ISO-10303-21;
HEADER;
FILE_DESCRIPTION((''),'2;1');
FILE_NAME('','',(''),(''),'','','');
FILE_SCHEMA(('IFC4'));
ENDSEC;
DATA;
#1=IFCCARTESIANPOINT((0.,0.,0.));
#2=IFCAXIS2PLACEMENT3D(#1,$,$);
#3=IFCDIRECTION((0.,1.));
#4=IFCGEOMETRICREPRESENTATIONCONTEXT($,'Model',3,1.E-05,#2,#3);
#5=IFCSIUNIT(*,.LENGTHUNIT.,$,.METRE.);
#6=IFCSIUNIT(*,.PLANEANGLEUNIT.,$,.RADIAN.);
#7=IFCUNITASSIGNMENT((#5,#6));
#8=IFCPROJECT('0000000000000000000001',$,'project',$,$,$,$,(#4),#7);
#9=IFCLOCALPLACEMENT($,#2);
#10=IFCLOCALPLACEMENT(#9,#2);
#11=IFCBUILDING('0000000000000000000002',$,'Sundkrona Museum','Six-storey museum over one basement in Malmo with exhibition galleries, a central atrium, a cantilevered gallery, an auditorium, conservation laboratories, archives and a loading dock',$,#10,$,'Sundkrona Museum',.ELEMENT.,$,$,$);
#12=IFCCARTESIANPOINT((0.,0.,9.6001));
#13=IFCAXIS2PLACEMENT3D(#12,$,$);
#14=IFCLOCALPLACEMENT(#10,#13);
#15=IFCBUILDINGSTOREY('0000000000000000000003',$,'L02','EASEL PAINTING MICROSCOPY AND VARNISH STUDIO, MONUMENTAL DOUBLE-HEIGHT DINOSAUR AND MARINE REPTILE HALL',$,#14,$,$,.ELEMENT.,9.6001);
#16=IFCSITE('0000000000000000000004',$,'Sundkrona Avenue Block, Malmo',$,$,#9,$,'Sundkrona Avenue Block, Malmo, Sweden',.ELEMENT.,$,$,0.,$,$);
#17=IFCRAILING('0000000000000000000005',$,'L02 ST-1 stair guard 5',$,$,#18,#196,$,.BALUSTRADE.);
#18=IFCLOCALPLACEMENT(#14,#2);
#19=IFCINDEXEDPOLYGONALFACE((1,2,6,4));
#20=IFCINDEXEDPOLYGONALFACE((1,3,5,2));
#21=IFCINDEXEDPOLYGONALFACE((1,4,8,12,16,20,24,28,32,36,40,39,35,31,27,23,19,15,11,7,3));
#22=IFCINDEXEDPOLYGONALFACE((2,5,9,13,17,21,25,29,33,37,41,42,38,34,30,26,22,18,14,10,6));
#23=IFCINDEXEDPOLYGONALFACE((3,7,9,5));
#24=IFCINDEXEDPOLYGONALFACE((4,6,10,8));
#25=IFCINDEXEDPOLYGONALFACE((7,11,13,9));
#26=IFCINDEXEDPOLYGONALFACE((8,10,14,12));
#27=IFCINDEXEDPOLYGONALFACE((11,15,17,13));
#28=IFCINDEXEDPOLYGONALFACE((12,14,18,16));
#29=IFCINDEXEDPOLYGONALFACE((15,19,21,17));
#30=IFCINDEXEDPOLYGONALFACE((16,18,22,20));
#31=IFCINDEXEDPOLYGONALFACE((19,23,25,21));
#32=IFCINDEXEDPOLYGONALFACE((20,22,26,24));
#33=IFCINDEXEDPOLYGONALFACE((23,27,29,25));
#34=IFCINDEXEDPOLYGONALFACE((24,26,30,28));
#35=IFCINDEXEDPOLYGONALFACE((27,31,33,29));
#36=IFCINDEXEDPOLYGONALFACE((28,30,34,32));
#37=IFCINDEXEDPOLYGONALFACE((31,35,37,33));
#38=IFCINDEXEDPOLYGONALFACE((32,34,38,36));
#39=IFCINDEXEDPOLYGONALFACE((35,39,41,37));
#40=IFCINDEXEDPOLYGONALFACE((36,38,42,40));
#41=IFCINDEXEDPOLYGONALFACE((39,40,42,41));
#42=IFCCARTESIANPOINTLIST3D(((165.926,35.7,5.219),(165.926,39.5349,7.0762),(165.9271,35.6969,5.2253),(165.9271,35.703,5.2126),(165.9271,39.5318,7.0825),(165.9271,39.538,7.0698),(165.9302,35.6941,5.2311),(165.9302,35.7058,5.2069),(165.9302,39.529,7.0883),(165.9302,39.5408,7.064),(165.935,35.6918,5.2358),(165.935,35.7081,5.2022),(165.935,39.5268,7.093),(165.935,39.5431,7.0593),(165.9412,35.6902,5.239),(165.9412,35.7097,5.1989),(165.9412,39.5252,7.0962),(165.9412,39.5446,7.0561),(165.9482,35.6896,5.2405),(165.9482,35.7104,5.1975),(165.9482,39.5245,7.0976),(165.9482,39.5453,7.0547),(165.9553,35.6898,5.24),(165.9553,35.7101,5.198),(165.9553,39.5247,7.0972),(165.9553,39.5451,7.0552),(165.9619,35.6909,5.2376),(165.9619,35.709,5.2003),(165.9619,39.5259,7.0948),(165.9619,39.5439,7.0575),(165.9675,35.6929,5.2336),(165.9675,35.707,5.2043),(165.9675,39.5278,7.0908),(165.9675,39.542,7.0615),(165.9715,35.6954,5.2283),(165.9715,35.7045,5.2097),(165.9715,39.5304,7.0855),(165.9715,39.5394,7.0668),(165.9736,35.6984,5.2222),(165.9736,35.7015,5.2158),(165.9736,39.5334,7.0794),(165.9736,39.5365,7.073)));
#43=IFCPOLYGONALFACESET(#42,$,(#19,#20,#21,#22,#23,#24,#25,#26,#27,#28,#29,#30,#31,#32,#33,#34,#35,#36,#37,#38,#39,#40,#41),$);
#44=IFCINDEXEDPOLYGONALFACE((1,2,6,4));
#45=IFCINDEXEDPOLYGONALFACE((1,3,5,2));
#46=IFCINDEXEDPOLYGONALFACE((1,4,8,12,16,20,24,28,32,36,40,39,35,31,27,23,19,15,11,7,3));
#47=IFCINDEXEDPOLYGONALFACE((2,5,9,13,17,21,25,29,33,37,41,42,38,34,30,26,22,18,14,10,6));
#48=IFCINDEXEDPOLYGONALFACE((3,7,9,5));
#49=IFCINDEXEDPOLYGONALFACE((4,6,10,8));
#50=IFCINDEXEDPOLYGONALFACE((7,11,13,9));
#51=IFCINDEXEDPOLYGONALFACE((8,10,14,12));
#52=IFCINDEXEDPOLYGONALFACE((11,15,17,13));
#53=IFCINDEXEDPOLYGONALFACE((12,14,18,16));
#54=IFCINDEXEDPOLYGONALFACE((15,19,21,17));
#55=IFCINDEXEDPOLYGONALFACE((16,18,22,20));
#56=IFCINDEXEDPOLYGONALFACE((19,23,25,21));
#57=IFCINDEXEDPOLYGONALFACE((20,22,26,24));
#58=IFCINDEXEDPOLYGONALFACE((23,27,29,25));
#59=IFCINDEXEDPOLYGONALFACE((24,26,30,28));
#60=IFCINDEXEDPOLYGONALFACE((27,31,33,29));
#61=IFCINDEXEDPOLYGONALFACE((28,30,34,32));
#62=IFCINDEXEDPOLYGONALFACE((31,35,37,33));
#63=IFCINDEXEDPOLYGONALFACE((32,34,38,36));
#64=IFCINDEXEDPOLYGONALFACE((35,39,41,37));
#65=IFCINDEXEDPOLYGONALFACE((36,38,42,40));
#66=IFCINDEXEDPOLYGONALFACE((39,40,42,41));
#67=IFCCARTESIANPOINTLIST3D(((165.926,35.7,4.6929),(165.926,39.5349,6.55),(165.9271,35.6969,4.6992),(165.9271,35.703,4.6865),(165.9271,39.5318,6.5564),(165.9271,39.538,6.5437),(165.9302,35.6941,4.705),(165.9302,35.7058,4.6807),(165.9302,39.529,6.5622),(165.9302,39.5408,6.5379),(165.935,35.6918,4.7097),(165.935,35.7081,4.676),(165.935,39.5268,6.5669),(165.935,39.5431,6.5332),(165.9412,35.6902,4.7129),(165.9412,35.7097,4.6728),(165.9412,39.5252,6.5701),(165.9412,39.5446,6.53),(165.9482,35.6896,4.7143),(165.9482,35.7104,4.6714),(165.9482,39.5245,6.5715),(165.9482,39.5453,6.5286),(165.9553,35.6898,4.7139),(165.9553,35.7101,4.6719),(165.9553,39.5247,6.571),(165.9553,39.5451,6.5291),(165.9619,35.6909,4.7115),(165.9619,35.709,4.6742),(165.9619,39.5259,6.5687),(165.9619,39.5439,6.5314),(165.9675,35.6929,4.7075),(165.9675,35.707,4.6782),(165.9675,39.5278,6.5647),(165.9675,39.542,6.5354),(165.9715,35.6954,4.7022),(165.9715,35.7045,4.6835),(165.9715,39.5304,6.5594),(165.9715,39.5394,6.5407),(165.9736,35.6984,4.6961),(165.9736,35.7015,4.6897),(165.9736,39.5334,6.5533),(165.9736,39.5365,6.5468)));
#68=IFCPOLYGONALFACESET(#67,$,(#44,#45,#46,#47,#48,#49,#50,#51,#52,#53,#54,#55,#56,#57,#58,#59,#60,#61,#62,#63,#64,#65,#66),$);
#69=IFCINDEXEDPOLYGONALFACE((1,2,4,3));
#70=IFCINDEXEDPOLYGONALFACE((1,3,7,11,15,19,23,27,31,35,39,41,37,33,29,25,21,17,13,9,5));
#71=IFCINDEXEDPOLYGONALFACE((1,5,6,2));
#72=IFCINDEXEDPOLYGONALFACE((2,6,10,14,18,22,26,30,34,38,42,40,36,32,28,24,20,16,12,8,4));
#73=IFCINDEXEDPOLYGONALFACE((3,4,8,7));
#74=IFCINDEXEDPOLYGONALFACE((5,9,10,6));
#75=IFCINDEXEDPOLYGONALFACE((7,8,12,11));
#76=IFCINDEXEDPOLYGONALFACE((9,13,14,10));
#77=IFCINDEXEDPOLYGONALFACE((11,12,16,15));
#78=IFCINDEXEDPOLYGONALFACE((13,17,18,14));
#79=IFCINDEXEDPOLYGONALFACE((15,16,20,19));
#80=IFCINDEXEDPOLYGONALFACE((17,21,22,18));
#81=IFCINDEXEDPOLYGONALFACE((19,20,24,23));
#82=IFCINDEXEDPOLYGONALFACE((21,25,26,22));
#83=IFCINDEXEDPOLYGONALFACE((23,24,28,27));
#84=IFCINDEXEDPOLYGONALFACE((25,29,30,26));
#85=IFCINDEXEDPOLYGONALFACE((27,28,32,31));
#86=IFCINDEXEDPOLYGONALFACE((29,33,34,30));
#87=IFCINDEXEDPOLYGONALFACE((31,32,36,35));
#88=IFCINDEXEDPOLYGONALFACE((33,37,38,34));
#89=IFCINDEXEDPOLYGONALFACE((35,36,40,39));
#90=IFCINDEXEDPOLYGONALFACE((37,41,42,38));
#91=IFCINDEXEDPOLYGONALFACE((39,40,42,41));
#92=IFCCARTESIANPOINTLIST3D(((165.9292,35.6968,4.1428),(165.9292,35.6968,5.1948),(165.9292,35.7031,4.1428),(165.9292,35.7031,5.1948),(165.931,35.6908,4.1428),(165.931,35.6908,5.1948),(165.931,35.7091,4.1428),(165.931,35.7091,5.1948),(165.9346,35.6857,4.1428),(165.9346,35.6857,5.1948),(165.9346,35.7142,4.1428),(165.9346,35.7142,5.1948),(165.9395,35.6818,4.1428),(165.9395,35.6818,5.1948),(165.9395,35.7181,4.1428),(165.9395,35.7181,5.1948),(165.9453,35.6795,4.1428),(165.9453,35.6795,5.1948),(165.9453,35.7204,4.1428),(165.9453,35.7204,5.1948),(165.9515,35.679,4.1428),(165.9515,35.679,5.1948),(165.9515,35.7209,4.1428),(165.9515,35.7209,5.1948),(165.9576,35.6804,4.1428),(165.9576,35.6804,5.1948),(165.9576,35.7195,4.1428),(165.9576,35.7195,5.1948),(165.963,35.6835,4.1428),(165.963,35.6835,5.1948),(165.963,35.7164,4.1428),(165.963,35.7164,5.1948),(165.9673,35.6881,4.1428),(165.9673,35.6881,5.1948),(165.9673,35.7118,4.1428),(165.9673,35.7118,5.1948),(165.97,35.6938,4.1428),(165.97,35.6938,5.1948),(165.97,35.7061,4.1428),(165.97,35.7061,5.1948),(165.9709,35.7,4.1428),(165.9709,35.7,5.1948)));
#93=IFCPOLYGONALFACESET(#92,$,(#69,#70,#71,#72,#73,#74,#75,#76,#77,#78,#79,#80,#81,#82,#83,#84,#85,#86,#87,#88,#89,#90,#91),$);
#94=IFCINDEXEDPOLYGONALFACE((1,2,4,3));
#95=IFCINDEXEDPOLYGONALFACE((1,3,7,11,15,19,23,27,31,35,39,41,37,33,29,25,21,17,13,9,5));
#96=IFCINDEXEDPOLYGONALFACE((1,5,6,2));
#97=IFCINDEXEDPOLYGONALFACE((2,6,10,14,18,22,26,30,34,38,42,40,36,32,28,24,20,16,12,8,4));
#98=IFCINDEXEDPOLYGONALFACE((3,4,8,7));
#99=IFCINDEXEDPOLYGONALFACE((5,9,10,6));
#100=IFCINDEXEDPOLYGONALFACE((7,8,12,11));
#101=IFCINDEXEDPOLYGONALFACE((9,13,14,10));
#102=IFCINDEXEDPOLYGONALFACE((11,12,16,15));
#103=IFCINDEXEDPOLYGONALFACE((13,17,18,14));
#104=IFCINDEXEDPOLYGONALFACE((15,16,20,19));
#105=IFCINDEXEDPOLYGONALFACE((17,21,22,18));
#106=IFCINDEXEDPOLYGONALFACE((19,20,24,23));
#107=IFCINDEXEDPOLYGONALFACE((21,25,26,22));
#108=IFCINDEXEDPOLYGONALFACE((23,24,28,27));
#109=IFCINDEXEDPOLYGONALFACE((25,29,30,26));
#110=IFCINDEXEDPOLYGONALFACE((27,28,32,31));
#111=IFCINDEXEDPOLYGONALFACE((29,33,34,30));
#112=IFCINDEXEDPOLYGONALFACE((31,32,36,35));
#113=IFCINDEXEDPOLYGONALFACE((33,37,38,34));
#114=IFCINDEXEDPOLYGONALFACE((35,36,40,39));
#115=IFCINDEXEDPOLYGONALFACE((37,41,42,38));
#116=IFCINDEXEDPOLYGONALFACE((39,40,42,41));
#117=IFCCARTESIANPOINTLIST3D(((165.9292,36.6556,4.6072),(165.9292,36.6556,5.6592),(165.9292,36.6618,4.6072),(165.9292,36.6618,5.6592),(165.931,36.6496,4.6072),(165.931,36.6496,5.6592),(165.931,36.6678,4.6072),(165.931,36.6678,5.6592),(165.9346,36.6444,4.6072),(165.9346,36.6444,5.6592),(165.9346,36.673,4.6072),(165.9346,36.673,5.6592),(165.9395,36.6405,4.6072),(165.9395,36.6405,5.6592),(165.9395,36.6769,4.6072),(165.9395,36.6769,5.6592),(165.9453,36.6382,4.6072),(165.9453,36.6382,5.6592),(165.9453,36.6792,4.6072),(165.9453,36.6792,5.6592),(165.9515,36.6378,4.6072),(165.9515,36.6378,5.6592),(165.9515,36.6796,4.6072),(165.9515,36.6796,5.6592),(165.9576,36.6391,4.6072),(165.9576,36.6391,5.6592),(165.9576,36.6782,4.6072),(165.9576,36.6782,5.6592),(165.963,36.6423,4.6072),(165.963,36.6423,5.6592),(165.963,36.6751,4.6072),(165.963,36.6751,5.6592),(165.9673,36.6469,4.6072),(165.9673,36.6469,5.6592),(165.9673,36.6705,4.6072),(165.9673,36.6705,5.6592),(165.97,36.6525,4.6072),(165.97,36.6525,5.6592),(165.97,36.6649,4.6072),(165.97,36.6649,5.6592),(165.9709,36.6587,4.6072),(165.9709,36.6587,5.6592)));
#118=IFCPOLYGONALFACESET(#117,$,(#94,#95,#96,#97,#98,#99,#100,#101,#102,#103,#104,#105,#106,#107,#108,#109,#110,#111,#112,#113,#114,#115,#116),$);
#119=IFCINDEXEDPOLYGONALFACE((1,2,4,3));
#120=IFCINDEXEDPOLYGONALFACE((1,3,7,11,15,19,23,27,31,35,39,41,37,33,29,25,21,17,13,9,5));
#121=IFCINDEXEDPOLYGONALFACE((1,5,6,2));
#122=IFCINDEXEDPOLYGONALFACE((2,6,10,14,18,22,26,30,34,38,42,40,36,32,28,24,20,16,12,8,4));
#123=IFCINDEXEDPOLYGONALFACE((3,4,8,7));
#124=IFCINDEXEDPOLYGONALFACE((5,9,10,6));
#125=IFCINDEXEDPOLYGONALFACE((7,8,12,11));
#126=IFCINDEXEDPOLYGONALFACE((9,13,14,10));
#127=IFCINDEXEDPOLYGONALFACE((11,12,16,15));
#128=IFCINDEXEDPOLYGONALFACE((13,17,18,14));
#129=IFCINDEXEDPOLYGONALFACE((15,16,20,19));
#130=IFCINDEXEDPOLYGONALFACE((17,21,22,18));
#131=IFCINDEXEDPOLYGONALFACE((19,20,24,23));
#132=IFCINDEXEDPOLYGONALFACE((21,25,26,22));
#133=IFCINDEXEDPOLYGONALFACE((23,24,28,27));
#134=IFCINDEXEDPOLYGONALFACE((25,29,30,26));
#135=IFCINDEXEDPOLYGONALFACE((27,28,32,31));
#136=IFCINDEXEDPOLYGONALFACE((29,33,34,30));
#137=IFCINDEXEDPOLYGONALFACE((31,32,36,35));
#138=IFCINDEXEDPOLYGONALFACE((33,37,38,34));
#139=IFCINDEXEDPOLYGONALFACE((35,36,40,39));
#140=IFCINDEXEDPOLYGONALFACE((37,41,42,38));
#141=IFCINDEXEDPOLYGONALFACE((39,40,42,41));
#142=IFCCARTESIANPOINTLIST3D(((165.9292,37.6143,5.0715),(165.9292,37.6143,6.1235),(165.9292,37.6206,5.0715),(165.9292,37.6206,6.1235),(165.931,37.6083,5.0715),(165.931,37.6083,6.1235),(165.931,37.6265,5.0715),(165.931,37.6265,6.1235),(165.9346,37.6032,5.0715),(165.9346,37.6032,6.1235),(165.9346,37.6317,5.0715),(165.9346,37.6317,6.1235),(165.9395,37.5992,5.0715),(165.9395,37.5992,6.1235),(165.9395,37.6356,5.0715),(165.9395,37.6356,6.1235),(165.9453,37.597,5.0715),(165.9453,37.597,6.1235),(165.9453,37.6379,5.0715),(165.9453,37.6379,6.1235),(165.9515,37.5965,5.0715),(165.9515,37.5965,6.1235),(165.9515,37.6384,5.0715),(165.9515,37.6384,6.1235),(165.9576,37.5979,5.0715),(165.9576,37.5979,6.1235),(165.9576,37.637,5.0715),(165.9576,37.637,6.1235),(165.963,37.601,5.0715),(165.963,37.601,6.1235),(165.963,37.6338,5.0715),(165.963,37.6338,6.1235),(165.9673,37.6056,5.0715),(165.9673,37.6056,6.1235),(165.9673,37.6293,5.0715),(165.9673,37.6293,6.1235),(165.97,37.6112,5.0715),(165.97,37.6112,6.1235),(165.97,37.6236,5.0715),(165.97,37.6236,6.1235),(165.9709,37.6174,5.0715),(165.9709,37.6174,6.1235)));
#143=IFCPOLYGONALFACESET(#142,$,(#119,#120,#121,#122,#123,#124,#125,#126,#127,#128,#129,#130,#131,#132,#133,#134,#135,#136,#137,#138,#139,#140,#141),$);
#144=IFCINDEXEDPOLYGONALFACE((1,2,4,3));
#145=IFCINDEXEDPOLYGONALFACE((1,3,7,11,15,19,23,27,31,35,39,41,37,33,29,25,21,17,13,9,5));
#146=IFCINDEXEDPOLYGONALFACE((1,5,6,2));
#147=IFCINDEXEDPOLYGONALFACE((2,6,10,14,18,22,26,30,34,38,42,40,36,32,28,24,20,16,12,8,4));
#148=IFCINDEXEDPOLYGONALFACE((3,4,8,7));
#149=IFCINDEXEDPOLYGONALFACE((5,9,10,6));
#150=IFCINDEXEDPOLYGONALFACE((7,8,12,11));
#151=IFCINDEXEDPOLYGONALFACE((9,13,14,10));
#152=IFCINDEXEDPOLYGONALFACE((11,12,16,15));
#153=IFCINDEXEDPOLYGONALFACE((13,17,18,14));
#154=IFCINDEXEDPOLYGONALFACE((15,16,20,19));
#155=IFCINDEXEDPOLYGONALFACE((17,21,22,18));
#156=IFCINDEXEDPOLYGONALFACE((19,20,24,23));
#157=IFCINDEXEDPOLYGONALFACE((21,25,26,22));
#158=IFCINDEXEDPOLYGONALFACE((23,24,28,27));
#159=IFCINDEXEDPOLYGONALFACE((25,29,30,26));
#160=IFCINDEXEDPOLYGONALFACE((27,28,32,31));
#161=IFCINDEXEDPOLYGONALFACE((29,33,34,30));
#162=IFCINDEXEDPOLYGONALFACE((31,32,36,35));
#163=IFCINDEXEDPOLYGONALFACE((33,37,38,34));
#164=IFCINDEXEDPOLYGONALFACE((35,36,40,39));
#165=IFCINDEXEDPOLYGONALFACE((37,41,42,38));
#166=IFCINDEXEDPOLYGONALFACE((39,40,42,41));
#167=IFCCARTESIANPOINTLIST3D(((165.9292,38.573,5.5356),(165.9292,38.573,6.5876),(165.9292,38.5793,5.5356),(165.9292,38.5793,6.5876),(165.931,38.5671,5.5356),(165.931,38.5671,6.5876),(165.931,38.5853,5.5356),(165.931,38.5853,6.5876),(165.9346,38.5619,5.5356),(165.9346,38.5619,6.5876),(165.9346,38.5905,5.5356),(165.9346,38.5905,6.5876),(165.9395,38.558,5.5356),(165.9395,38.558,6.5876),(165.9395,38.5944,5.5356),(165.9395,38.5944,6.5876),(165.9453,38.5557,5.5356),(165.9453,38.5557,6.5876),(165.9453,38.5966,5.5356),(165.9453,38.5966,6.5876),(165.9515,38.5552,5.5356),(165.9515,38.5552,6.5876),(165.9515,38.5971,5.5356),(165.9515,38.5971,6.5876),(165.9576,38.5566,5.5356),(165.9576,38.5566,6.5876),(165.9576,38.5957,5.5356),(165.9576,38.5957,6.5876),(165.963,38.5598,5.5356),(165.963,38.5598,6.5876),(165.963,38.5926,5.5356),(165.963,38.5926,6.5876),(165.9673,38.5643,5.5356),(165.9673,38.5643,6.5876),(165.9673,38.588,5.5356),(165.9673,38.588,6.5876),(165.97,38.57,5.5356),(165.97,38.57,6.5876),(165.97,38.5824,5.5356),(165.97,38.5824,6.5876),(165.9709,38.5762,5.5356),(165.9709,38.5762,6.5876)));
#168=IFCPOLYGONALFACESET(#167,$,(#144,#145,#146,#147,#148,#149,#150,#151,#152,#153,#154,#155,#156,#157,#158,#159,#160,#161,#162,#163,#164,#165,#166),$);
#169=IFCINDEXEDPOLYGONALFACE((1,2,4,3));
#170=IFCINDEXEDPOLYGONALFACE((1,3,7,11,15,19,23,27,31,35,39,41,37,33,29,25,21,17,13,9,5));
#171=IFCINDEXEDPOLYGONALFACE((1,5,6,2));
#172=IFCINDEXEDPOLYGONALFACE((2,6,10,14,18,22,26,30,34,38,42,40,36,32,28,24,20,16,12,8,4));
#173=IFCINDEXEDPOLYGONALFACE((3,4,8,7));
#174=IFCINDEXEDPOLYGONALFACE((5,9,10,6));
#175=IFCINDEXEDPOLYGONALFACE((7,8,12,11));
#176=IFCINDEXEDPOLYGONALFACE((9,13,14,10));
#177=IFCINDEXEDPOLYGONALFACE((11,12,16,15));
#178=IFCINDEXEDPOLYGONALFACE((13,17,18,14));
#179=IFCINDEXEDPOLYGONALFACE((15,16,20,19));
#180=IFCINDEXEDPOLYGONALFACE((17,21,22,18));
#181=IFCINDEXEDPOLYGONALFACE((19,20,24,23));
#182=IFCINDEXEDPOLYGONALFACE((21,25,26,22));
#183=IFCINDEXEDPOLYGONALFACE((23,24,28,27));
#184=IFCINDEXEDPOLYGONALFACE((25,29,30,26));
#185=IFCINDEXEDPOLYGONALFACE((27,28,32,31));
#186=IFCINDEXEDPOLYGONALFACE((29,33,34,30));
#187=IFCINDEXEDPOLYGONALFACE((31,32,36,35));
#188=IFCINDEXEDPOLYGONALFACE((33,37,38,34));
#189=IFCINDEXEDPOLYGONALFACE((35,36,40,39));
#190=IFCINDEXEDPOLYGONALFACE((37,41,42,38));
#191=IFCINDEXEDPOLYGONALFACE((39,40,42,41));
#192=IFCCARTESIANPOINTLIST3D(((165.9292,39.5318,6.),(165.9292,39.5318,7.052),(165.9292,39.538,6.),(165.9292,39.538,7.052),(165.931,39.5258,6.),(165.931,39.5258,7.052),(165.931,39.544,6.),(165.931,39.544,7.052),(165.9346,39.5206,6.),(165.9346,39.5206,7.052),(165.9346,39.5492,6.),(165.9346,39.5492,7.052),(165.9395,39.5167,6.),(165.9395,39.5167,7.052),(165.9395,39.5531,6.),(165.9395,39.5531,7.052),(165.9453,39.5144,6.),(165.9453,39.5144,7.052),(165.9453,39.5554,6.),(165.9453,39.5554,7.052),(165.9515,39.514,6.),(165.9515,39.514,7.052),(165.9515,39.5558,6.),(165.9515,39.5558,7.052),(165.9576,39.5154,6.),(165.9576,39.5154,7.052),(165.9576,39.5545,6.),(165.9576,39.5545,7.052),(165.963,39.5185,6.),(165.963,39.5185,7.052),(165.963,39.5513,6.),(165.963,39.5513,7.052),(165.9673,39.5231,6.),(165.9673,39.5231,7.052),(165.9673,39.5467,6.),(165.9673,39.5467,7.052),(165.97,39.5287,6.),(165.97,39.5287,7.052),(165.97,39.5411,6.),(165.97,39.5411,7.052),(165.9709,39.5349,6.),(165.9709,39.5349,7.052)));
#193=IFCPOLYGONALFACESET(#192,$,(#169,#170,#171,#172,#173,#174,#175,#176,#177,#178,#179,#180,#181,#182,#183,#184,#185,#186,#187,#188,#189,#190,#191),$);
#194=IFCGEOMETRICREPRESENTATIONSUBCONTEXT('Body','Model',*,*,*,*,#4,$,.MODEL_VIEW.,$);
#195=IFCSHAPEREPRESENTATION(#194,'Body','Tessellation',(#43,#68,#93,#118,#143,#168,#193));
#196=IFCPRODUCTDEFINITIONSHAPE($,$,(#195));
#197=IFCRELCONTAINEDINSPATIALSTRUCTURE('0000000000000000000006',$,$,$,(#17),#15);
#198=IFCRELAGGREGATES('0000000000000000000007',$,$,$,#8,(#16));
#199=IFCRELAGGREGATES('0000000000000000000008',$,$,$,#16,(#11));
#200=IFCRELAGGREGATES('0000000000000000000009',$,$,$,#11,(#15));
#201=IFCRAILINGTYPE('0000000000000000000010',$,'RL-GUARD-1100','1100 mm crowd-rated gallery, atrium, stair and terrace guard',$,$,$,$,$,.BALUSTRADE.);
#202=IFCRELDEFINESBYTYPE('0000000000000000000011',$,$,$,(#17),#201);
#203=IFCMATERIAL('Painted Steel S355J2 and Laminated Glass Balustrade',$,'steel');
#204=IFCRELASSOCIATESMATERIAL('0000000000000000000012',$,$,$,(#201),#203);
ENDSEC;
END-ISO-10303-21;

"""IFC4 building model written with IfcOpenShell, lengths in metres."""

from ifc_helpers import new_model, si_unit, direction, frame, origin, origin_2d, place, context, subcontext, project, spatial, circle, extrude, material, type_object, element, save


model = new_model("IFC4")

# Units and contexts
model_context = context("Model", 3, precision=1e-05, world=origin(), true_north=direction((0.0, 1.0)))
body_context = subcontext(model_context, "Body", "Model", "MODEL_VIEW")
ifc_project = project(units=[si_unit("LENGTHUNIT", "METRE"), si_unit("PLANEANGLEUNIT", "RADIAN")], contexts=[model_context])

# Site, building, storey
site_placement = place(None, origin())
site = spatial("IfcSite", under=ifc_project, at=site_placement, Name="Sundkrona Avenue Block, Malmo", LongName="Sundkrona Avenue Block, Malmo, Sweden", CompositionType="ELEMENT", RefElevation=0.0)
building_placement = place(site_placement, origin())
building = spatial("IfcBuilding", under=site, at=building_placement, Name="Sundkrona Museum", Description="Six-storey museum over one basement in Malmo with exhibition galleries, a central atrium, a cantilevered gallery, an auditorium, conservation laboratories, archives and a loading dock", LongName="Sundkrona Museum", CompositionType="ELEMENT")
storey_placement = place(building_placement, frame((0.0, 0.0, 9.6001)))
storey = spatial("IfcBuildingStorey", under=building, at=storey_placement, Name="L02", Description="EASEL PAINTING MICROSCOPY AND VARNISH STUDIO, MONUMENTAL DOUBLE-HEIGHT DINOSAUR AND MARINE REPTILE HALL", CompositionType="ELEMENT", Elevation=9.6001)

# Railing
ifc_material_1 = material(Name="Painted Steel S355J2 and Laminated Glass Balustrade", Category="steel")
railing_type_1 = type_object("IfcRailingType", Name="RL-GUARD-1100", Description="1100 mm crowd-rated gallery, atrium, stair and terrace guard", PredefinedType="BALUSTRADE", material=ifc_material_1)
railing_1_placement = place(storey_placement, frame((165.95, 35.7, 4.1428)))
element("IfcRailing", 1, at=railing_1_placement, inside=storey, type_object=railing_type_1, Name="L02 ST-1 stair guard 5", PredefinedType="BALUSTRADE", context=body_context, shape_type="SweptSolid", body=[
    extrude(circle(Radius=0.0239, at=origin_2d()), frame((0.0, 0.0, 1.0762), z_axis=(0.0, 0.900016, 0.435856), x_axis=(-1.0, 0.0, 0.0)), (0.0, 0.0, 1.0), 4.261),
    extrude(circle(Radius=0.0239, at=origin_2d()), frame((0.0, 0.0, 0.55), z_axis=(0.0, 0.900016, 0.435856), x_axis=(-1.0, 0.0, 0.0)), (0.0, 0.0, 1.0), 4.261),
    extrude(circle(Radius=0.021, at=origin_2d()), origin(), (0.0, 0.0, 1.0), 1.052),
    extrude(circle(Radius=0.021, at=origin_2d()), frame((0.0, 0.9587, 0.4644)), (0.0, 0.0, 1.0), 1.052),
    extrude(circle(Radius=0.021, at=origin_2d()), frame((0.0, 1.9175, 0.9287)), (0.0, 0.0, 1.0), 1.052),
    extrude(circle(Radius=0.021, at=origin_2d()), frame((0.0, 2.8762, 1.3928)), (0.0, 0.0, 1.0), 1.052),
    extrude(circle(Radius=0.021, at=origin_2d()), frame((0.0, 3.835, 1.8572)), (0.0, 0.0, 1.0), 1.052),
])

save(model, "model.ifc")
